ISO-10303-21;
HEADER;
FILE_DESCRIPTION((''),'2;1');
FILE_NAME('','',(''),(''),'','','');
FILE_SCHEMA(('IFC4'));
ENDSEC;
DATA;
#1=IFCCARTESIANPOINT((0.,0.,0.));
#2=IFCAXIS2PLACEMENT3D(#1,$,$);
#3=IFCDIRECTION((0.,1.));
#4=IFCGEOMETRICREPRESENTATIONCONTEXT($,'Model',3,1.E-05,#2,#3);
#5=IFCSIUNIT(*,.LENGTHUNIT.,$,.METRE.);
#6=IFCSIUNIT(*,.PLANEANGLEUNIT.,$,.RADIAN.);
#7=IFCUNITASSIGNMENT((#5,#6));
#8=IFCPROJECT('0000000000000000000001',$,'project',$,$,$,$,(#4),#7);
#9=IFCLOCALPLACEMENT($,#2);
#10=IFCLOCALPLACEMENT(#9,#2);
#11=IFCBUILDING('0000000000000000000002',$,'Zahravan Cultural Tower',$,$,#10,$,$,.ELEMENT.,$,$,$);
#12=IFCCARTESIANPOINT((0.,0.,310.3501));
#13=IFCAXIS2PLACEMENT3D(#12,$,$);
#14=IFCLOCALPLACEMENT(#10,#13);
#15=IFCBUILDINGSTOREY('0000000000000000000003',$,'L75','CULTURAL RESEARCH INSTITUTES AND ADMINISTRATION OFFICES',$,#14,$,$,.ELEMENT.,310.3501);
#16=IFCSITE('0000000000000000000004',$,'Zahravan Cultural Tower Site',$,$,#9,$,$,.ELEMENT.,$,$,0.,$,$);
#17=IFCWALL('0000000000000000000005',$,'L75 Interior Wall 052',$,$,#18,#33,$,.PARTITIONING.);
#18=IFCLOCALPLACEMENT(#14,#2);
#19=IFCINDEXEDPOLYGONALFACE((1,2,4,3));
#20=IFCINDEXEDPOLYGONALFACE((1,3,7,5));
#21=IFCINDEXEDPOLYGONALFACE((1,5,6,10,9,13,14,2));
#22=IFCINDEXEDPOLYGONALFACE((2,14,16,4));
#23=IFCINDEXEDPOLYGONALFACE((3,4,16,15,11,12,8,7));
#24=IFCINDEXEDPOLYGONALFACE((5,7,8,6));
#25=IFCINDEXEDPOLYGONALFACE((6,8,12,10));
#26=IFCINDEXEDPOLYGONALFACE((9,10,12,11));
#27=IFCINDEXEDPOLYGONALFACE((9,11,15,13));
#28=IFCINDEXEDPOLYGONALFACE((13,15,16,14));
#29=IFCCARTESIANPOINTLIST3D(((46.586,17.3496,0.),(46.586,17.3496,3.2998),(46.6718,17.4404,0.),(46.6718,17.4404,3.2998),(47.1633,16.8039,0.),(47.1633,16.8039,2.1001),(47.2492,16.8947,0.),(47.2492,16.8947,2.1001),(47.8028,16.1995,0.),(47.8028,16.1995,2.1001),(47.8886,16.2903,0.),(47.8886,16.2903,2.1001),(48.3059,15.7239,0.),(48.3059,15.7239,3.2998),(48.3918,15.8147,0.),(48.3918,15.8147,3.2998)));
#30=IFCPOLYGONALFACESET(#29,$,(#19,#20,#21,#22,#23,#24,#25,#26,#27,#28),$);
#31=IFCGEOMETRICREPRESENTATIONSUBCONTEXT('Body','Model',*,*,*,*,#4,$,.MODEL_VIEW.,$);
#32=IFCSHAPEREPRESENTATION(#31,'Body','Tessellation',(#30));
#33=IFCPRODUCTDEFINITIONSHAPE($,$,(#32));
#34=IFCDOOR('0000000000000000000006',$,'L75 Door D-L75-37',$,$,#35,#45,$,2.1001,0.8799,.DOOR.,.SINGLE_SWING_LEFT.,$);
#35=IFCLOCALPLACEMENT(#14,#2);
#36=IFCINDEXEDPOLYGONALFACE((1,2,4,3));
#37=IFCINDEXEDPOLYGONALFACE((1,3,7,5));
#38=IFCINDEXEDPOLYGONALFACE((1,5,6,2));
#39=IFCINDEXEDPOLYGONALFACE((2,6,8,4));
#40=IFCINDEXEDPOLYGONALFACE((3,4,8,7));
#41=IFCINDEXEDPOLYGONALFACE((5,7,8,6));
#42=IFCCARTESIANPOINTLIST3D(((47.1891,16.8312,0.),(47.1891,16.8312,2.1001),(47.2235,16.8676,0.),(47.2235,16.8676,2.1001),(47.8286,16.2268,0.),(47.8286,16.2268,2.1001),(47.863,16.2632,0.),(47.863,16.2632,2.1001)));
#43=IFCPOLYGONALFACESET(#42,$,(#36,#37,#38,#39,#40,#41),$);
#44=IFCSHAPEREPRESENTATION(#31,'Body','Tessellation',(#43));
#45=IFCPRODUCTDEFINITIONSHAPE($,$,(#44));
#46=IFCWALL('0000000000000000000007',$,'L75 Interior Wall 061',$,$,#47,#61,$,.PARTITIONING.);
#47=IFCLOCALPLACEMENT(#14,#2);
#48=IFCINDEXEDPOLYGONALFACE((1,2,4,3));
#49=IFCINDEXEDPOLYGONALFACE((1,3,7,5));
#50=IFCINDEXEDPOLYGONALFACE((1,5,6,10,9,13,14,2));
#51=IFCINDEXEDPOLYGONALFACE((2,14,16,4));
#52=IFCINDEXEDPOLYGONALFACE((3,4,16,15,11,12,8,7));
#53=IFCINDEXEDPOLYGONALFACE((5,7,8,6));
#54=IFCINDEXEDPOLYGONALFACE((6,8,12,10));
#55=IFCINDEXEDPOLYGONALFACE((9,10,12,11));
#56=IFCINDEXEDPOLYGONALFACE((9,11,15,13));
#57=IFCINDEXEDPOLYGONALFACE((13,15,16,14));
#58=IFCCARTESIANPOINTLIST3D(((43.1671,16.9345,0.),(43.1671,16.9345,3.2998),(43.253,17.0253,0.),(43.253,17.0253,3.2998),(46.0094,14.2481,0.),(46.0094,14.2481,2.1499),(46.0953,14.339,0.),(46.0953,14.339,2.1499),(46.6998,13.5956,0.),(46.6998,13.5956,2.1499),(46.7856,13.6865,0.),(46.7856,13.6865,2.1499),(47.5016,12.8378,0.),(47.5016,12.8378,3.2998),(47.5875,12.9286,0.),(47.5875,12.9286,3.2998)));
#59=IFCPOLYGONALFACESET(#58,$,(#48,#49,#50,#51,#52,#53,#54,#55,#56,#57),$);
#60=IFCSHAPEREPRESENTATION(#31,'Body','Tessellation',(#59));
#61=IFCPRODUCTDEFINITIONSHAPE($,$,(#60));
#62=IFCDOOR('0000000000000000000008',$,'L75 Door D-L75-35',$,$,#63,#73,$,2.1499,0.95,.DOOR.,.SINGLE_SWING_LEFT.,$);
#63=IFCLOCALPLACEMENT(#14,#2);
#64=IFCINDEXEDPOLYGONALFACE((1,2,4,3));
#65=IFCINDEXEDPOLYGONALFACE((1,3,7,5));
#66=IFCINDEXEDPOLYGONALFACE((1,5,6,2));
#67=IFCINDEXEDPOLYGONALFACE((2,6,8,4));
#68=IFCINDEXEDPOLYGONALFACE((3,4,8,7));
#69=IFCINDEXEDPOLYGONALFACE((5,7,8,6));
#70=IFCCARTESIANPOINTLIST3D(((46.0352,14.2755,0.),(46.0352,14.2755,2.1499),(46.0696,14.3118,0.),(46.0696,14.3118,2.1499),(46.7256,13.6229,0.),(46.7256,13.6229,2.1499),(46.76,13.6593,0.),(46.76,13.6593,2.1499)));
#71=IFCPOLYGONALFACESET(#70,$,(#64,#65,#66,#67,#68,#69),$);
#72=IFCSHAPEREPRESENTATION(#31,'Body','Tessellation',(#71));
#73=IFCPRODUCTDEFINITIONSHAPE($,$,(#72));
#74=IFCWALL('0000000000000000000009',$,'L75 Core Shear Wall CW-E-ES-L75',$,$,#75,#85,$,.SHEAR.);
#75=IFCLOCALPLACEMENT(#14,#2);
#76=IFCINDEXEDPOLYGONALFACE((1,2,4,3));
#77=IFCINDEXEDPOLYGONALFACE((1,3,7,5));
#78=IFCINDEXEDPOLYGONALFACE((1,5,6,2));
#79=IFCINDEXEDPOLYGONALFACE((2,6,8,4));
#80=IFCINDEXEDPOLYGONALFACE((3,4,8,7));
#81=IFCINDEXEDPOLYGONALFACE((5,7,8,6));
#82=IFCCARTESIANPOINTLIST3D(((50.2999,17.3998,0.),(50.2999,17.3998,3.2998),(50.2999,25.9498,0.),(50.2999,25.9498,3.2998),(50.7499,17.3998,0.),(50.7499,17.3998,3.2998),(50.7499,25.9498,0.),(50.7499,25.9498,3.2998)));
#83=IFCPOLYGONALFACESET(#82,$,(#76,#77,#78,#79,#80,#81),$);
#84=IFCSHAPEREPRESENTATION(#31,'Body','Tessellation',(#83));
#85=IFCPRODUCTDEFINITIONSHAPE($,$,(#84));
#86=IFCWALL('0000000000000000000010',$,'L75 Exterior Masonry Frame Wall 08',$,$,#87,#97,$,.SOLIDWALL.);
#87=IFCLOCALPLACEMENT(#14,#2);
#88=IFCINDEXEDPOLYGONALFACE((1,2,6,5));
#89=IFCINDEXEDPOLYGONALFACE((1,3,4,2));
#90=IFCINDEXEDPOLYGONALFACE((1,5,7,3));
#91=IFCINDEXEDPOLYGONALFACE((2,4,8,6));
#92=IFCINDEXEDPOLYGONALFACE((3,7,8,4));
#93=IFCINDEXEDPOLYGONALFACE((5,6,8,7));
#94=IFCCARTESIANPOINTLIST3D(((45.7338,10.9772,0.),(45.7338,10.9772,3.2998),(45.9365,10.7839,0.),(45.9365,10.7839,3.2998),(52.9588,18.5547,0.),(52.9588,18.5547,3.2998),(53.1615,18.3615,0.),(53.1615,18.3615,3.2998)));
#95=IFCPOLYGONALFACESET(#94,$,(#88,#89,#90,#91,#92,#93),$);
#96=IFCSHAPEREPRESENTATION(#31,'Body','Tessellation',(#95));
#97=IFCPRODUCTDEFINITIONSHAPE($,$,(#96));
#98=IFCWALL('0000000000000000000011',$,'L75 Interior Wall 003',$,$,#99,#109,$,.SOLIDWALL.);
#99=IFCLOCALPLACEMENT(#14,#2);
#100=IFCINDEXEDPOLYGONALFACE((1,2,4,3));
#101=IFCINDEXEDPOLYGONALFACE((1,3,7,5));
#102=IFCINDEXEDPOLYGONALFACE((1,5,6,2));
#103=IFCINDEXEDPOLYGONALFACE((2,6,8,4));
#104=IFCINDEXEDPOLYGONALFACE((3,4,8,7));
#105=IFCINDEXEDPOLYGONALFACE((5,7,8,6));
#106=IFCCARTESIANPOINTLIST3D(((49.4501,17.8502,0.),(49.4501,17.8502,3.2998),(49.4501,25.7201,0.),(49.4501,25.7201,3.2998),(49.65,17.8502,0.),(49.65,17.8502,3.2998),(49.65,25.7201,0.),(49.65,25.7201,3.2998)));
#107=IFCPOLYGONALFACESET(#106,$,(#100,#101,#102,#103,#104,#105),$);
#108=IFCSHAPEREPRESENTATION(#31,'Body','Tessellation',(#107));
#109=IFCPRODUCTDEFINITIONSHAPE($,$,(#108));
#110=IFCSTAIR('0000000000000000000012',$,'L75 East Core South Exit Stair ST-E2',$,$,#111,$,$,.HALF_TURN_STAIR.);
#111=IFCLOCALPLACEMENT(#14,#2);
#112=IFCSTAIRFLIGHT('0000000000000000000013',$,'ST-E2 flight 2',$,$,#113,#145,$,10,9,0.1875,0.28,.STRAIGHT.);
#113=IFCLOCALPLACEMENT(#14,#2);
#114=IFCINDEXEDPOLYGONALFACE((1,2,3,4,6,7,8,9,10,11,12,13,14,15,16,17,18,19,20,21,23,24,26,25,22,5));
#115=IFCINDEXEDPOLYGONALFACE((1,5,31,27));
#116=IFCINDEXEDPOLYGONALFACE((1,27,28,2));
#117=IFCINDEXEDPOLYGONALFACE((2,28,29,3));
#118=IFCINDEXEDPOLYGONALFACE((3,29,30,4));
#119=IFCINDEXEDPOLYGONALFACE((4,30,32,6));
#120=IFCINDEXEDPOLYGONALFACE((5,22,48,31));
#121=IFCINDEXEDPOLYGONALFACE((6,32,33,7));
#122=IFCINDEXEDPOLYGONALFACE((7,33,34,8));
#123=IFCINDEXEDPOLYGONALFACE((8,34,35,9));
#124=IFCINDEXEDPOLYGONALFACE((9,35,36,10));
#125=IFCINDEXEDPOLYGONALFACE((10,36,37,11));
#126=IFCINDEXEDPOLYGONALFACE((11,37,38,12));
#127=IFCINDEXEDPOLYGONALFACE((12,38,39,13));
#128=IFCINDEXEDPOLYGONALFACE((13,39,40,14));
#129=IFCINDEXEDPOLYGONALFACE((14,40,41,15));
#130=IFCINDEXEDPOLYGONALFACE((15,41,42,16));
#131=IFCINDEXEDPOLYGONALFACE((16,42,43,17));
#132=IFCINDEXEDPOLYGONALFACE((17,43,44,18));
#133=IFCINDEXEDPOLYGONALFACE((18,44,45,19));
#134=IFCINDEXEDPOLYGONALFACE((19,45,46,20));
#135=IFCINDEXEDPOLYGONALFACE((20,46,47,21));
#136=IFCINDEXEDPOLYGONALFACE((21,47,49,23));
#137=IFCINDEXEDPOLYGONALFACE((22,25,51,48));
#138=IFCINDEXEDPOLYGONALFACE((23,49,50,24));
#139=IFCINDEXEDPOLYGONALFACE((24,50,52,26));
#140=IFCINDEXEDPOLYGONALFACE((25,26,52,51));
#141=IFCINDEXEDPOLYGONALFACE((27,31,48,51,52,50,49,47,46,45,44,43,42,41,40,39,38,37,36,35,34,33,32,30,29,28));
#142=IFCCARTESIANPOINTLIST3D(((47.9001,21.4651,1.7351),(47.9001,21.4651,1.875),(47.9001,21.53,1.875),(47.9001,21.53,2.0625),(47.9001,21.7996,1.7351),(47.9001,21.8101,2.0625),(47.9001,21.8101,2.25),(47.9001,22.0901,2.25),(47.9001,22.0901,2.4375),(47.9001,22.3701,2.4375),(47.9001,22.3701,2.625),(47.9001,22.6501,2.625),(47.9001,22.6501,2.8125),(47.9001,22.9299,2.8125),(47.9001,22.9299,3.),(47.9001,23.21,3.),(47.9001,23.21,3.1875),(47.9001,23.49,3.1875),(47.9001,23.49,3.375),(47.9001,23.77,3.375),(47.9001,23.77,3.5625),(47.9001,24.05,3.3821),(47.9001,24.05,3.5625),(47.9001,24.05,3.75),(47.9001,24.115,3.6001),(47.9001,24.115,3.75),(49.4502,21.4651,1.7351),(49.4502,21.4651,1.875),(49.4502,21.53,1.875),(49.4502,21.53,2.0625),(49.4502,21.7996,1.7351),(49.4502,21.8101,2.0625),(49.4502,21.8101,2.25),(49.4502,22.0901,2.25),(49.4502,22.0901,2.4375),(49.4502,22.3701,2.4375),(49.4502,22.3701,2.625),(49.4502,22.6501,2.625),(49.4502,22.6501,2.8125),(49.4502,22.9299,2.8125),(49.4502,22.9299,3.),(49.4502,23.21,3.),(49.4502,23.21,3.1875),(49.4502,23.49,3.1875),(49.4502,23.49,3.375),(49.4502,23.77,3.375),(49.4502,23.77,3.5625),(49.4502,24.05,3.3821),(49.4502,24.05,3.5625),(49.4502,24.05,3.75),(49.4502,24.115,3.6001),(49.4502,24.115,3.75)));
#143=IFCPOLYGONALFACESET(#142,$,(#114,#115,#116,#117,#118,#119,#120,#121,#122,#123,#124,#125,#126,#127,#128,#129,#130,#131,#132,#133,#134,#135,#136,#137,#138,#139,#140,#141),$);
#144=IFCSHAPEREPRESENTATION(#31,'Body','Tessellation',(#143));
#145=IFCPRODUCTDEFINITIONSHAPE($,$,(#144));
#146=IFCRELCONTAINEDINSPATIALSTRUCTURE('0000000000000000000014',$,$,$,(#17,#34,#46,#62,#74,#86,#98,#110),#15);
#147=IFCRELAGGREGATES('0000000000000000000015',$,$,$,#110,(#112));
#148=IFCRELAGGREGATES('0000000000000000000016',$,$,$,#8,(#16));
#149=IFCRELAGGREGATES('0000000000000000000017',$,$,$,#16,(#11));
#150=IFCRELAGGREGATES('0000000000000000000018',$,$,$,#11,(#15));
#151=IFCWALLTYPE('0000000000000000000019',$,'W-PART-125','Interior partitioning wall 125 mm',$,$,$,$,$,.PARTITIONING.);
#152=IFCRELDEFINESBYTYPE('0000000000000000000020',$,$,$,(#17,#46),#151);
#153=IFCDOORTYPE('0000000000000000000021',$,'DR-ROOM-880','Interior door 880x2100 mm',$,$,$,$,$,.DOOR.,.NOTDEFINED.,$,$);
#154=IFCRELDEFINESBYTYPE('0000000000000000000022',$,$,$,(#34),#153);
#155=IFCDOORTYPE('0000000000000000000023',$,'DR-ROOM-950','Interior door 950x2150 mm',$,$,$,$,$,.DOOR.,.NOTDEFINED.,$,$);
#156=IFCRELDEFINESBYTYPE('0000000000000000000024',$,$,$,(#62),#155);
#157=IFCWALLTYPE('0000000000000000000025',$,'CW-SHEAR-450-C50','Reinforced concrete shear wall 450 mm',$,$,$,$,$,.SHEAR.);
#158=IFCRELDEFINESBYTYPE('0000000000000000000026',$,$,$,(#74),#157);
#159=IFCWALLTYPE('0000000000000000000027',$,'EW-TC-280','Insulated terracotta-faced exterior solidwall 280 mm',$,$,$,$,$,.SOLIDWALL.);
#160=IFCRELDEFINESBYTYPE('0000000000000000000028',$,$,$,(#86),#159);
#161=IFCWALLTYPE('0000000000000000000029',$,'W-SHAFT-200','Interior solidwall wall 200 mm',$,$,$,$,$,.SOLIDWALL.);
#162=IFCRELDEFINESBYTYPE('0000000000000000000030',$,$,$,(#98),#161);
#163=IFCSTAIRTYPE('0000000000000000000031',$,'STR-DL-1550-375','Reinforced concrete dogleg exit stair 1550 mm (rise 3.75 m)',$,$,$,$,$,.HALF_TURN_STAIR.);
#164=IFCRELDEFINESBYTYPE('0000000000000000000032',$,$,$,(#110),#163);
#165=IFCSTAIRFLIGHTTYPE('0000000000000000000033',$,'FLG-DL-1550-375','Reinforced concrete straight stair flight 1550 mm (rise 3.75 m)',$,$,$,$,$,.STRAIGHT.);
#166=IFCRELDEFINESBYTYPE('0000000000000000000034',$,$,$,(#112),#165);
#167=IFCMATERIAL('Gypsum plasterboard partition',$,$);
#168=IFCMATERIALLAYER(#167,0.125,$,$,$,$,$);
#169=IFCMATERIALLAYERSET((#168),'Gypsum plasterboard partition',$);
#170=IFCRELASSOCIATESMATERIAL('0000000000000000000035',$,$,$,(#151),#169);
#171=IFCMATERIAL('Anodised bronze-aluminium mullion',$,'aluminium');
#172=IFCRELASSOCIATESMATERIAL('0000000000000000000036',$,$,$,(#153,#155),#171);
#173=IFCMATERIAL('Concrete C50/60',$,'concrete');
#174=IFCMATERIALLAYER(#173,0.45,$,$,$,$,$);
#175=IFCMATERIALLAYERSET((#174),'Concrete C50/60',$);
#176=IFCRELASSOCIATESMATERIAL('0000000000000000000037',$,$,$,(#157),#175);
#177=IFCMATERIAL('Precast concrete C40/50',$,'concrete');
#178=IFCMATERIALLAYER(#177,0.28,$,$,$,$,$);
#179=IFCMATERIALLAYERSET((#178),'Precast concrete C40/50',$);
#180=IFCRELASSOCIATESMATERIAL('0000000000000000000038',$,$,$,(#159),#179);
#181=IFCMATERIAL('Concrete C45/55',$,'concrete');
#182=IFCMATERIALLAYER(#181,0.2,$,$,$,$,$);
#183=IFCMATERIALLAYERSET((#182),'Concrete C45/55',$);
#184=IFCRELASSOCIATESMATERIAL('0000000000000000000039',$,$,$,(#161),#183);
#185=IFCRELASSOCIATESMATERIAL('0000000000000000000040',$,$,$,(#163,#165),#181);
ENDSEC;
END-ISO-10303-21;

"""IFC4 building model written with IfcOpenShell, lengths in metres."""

from ifc_helpers import new_model, si_unit, direction, frame, frame_2d, origin, place, context, subcontext, project, spatial, polyline, rectangle, outline, extrude, source, transform, mapped, material, layer, layer_set, type_object, element, fill, aggregate, save


model = new_model("IFC4")

# Units and contexts
model_context = context("Model", 3, precision=1e-05, world=origin(), true_north=direction((0.0, 1.0)))
body_context = subcontext(model_context, "Body", "Model", "MODEL_VIEW")
ifc_project = project(units=[si_unit("LENGTHUNIT", "METRE"), si_unit("PLANEANGLEUNIT", "RADIAN")], contexts=[model_context])

# Site, building, storey
site_placement = place(None, origin())
site = spatial("IfcSite", under=ifc_project, at=site_placement, Name="Zahravan Cultural Tower Site", CompositionType="ELEMENT", RefElevation=0.0)
building_placement = place(site_placement, origin())
building = spatial("IfcBuilding", under=site, at=building_placement, Name="Zahravan Cultural Tower", CompositionType="ELEMENT")
storey_placement = place(building_placement, frame((0.0, 0.0, 310.3501)))
storey = spatial("IfcBuildingStorey", under=building, at=storey_placement, Name="L75", Description="CULTURAL RESEARCH INSTITUTES AND ADMINISTRATION OFFICES", CompositionType="ELEMENT", Elevation=310.3501)

# Shared definitions
ifc_material_1 = material(Name="Concrete C50/60", Category="concrete")

# Shared definitions
ifc_material_2 = material(Name="Anodised bronze-aluminium mullion", Category="aluminium")

# Walls, openings, doors
ifc_material_3 = material(Name="Gypsum plasterboard partition")
ifc_layer_1 = layer(ifc_material_3, 0.125)
ifc_layer_set_1 = layer_set([ifc_layer_1], Name="Gypsum plasterboard partition")
wall_type_1 = type_object("IfcWallType", Name="W-PART-125", Description="Interior partitioning wall 125 mm", PredefinedType="PARTITIONING", material=ifc_layer_set_1)
wall_1_placement = place(storey_placement, frame((48.3489, 15.7693, 0.0), z_axis=(0.0, 0.0, 1.0), x_axis=(-0.726736, 0.686917, 0.0)))
wall_1 = element("IfcWall", 1, at=wall_1_placement, inside=storey, type_object=wall_type_1, Name="L75 Interior Wall 052", PredefinedType="PARTITIONING", context=body_context, shape_type="SweptSolid", body=[
    extrude(rectangle(XDim=2.3667, YDim=0.125, at=frame_2d((1.1833, 0.0))), origin(), (0.0, 0.0, 1.0), 3.2998),
])
opening_1_placement = place(wall_1_placement, frame((0.6924, 0.0, 0.0)))
opening_1 = element("IfcOpeningElement", 2, at=opening_1_placement, cuts=wall_1, PredefinedType="OPENING", context=body_context, shape_type="SweptSolid", body=[
    extrude(rectangle(XDim=0.8799, YDim=2.1001, at=frame_2d((0.4399, 1.05))), frame((0.0, 0.0725, 0.0), z_axis=(0.0, -1.0, 0.0), x_axis=(1.0, 0.0, 0.0)), (0.0, 0.0, 1.0), 0.145),
])
door_type_1 = type_object("IfcDoorType", Name="DR-ROOM-880", Description="Interior door 880x2100 mm", OperationType="NOTDEFINED", PredefinedType="DOOR", material=ifc_material_2)
shared_shape_1 = source(origin(), body_context, "Body", "SweptSolid", [
    extrude(rectangle(XDim=0.8799, YDim=2.1001, at=frame_2d((0.4399, 1.05))), frame((0.0, 0.0249, 0.0), z_axis=(0.0, -1.0, 0.0), x_axis=(1.0, 0.0, 0.0)), (0.0, 0.0, 1.0), 0.05),
])
door_1_placement = place(opening_1_placement, origin())
door_1 = element("IfcDoor", 3, at=door_1_placement, inside=storey, type_object=door_type_1, Name="L75 Door D-L75-37", OperationType="SINGLE_SWING_LEFT", OverallHeight=2.1001, OverallWidth=0.8799, PredefinedType="DOOR", context=body_context, shape_type="MappedRepresentation", body=[
    mapped(shared_shape_1, transform((0.0, 0.0, 0.0), x_axis=(1.0, 0.0, 0.0), y_axis=(0.0, 1.0, 0.0), z_axis=(0.0, 0.0, 1.0), scale=1.0)),
])
fill(opening_1, door_1)
wall_2_placement = place(storey_placement, frame((47.5444, 12.8833, 0.0), z_axis=(0.0, 0.0, 1.0), x_axis=(-0.726761, 0.68689, 0.0)))
wall_2 = element("IfcWall", 4, at=wall_2_placement, inside=storey, type_object=wall_type_1, Name="L75 Interior Wall 061", PredefinedType="PARTITIONING", context=body_context, shape_type="SweptSolid", body=[
    extrude(rectangle(XDim=5.9641, YDim=0.125, at=frame_2d((2.9819, 0.0))), origin(), (0.0, 0.0, 1.0), 3.2998),
])
opening_2_placement = place(wall_2_placement, frame((1.103, 0.0, 0.0)))
opening_2 = element("IfcOpeningElement", 5, at=opening_2_placement, cuts=wall_2, PredefinedType="OPENING", context=body_context, shape_type="SweptSolid", body=[
    extrude(rectangle(XDim=0.95, YDim=2.1499, at=frame_2d((0.4751, 1.075))), frame((0.0, 0.0725, 0.0), z_axis=(0.0, -1.0, 0.0), x_axis=(1.0, 0.0, 0.0)), (0.0, 0.0, 1.0), 0.145),
])
door_type_2 = type_object("IfcDoorType", Name="DR-ROOM-950", Description="Interior door 950x2150 mm", OperationType="NOTDEFINED", PredefinedType="DOOR", material=ifc_material_2)
shared_shape_2 = source(origin(), body_context, "Body", "SweptSolid", [
    extrude(rectangle(XDim=0.95, YDim=2.1499, at=frame_2d((0.4751, 1.075))), frame((0.0, 0.0249, 0.0), z_axis=(0.0, -1.0, 0.0), x_axis=(1.0, 0.0, 0.0)), (0.0, 0.0, 1.0), 0.05),
])
door_2_placement = place(opening_2_placement, origin())
door_2 = element("IfcDoor", 6, at=door_2_placement, inside=storey, type_object=door_type_2, Name="L75 Door D-L75-35", OperationType="SINGLE_SWING_LEFT", OverallHeight=2.1499, OverallWidth=0.95, PredefinedType="DOOR", context=body_context, shape_type="MappedRepresentation", body=[
    mapped(shared_shape_2, transform((0.0, 0.0, 0.0), x_axis=(1.0, 0.0, 0.0), y_axis=(0.0, 1.0, 0.0), z_axis=(0.0, 0.0, 1.0), scale=1.0)),
])
fill(opening_2, door_2)

# Walls
ifc_layer_2 = layer(ifc_material_1, 0.45)
ifc_layer_set_2 = layer_set([ifc_layer_2], Name="Concrete C50/60")
wall_type_2 = type_object("IfcWallType", Name="CW-SHEAR-450-C50", Description="Reinforced concrete shear wall 450 mm", PredefinedType="SHEAR", material=ifc_layer_set_2)
shared_shape_3 = source(origin(), body_context, "Body", "SweptSolid", [
    extrude(rectangle(XDim=8.55, YDim=0.45, at=frame_2d((4.2749, 0.0))), origin(), (0.0, 0.0, 1.0), 3.2998),
])
wall_3_placement = place(storey_placement, frame((50.5249, 17.3999, 0.0), z_axis=(0.0, 0.0, 1.0), x_axis=(0.0, 1.0, 0.0)))
element("IfcWall", 7, at=wall_3_placement, inside=storey, type_object=wall_type_2, Name="L75 Core Shear Wall CW-E-ES-L75", PredefinedType="SHEAR", context=body_context, shape_type="MappedRepresentation", body=[
    mapped(shared_shape_3, transform((0.0, 0.0, 0.0), x_axis=(1.0, 0.0, 0.0), y_axis=(0.0, 1.0, 0.0), z_axis=(0.0, 0.0, 1.0), scale=1.0)),
])
ifc_material_4 = material(Name="Precast concrete C40/50", Category="concrete")
ifc_layer_3 = layer(ifc_material_4, 0.28)
ifc_layer_set_3 = layer_set([ifc_layer_3], Name="Precast concrete C40/50")
wall_type_3 = type_object("IfcWallType", Name="EW-TC-280", Description="Insulated terracotta-faced exterior solidwall 280 mm", PredefinedType="SOLIDWALL", material=ifc_layer_set_3)
shared_shape_4 = source(origin(), body_context, "Body", "SweptSolid", [
    extrude(rectangle(XDim=10.47, YDim=0.28, at=frame_2d((5.2349, 0.0))), origin(), (0.0, 0.0, 1.0), 3.2998),
])
wall_4_placement = place(storey_placement, frame((53.0601, 18.458, 0.0), z_axis=(0.0, 0.0, 1.0), x_axis=(-0.690071, -0.723742, 0.0)))
element("IfcWall", 8, at=wall_4_placement, inside=storey, type_object=wall_type_3, Name="L75 Exterior Masonry Frame Wall 08", PredefinedType="SOLIDWALL", context=body_context, shape_type="MappedRepresentation", body=[
    mapped(shared_shape_4, transform((0.0, 0.0, 0.0), x_axis=(1.0, 0.0, 0.0), y_axis=(0.0, 1.0, 0.0), z_axis=(0.0, 0.0, 1.0), scale=1.0)),
])
ifc_material_5 = material(Name="Concrete C45/55", Category="concrete")
ifc_layer_4 = layer(ifc_material_5, 0.2)
ifc_layer_set_4 = layer_set([ifc_layer_4], Name="Concrete C45/55")
wall_type_4 = type_object("IfcWallType", Name="W-SHAFT-200", Description="Interior solidwall wall 200 mm", PredefinedType="SOLIDWALL", material=ifc_layer_set_4)
shared_shape_5 = source(origin(), body_context, "Body", "SweptSolid", [
    extrude(rectangle(XDim=7.8699, YDim=0.2, at=frame_2d((3.9351, 0.0))), origin(), (0.0, 0.0, 1.0), 3.2998),
])
wall_5_placement = place(storey_placement, frame((49.55, 17.8501, 0.0), z_axis=(0.0, 0.0, 1.0), x_axis=(0.0, 1.0, 0.0)))
element("IfcWall", 9, at=wall_5_placement, inside=storey, type_object=wall_type_4, Name="L75 Interior Wall 003", PredefinedType="SOLIDWALL", context=body_context, shape_type="MappedRepresentation", body=[
    mapped(shared_shape_5, transform((0.0, 0.0, 0.0), x_axis=(1.0, 0.0, 0.0), y_axis=(0.0, 1.0, 0.0), z_axis=(0.0, 0.0, 1.0), scale=1.0)),
])

# Stair, stair flight
stair_type = type_object("IfcStairType", Name="STR-DL-1550-375", Description="Reinforced concrete dogleg exit stair 1550 mm (rise 3.75 m)", PredefinedType="HALF_TURN_STAIR", material=ifc_material_5)
stair_placement = place(storey_placement, origin())
stair = element("IfcStair", 10, at=stair_placement, inside=storey, type_object=stair_type, Name="L75 East Core South Exit Stair ST-E2", PredefinedType="HALF_TURN_STAIR")
stair_flight_type = type_object("IfcStairFlightType", Name="FLG-DL-1550-375", Description="Reinforced concrete straight stair flight 1550 mm (rise 3.75 m)", PredefinedType="STRAIGHT", material=ifc_material_5)
stair_flight_placement = place(storey_placement, frame((48.675, 21.53, 1.875), z_axis=(0.0, 0.0, 1.0), x_axis=(0.0, 1.0, 0.0)))
stair_flight = element("IfcStairFlight", 11, at=stair_flight_placement, type_object=stair_flight_type, Name="ST-E2 flight 2", NumberOfRisers=10, NumberOfTreads=9, PredefinedType="STRAIGHT", RiserHeight=0.1875, TreadLength=0.28, context=body_context, shape_type="SweptSolid", body=[
    extrude(outline(polyline([(-0.0649, -0.1399), (-0.0649, 0.0), (0.0, 0.0), (0.0, 0.1875), (0.28, 0.1875), (0.28, 0.375), (0.5601, 0.375), (0.5601, 0.5625), (0.8401, 0.5625), (0.8401, 0.75), (1.1201, 0.75), (1.1201, 0.9375), (1.3999, 0.9375), (1.3999, 1.125), (1.6799, 1.125), (1.6799, 1.3125), (1.96, 1.3125), (1.96, 1.5), (2.24, 1.5), (2.24, 1.6875), (2.52, 1.6875), (2.52, 1.875), (2.585, 1.875), (2.585, 1.7251), (2.52, 1.5071), (0.2695, -0.1399), (-0.0649, -0.1399)])), frame((0.0, 0.7749, 0.0), z_axis=(0.0, -1.0, 0.0), x_axis=(1.0, 0.0, 0.0)), (0.0, 0.0, 1.0), 1.55),
])
aggregate(stair, [stair_flight])

save(model, "model.ifc")
